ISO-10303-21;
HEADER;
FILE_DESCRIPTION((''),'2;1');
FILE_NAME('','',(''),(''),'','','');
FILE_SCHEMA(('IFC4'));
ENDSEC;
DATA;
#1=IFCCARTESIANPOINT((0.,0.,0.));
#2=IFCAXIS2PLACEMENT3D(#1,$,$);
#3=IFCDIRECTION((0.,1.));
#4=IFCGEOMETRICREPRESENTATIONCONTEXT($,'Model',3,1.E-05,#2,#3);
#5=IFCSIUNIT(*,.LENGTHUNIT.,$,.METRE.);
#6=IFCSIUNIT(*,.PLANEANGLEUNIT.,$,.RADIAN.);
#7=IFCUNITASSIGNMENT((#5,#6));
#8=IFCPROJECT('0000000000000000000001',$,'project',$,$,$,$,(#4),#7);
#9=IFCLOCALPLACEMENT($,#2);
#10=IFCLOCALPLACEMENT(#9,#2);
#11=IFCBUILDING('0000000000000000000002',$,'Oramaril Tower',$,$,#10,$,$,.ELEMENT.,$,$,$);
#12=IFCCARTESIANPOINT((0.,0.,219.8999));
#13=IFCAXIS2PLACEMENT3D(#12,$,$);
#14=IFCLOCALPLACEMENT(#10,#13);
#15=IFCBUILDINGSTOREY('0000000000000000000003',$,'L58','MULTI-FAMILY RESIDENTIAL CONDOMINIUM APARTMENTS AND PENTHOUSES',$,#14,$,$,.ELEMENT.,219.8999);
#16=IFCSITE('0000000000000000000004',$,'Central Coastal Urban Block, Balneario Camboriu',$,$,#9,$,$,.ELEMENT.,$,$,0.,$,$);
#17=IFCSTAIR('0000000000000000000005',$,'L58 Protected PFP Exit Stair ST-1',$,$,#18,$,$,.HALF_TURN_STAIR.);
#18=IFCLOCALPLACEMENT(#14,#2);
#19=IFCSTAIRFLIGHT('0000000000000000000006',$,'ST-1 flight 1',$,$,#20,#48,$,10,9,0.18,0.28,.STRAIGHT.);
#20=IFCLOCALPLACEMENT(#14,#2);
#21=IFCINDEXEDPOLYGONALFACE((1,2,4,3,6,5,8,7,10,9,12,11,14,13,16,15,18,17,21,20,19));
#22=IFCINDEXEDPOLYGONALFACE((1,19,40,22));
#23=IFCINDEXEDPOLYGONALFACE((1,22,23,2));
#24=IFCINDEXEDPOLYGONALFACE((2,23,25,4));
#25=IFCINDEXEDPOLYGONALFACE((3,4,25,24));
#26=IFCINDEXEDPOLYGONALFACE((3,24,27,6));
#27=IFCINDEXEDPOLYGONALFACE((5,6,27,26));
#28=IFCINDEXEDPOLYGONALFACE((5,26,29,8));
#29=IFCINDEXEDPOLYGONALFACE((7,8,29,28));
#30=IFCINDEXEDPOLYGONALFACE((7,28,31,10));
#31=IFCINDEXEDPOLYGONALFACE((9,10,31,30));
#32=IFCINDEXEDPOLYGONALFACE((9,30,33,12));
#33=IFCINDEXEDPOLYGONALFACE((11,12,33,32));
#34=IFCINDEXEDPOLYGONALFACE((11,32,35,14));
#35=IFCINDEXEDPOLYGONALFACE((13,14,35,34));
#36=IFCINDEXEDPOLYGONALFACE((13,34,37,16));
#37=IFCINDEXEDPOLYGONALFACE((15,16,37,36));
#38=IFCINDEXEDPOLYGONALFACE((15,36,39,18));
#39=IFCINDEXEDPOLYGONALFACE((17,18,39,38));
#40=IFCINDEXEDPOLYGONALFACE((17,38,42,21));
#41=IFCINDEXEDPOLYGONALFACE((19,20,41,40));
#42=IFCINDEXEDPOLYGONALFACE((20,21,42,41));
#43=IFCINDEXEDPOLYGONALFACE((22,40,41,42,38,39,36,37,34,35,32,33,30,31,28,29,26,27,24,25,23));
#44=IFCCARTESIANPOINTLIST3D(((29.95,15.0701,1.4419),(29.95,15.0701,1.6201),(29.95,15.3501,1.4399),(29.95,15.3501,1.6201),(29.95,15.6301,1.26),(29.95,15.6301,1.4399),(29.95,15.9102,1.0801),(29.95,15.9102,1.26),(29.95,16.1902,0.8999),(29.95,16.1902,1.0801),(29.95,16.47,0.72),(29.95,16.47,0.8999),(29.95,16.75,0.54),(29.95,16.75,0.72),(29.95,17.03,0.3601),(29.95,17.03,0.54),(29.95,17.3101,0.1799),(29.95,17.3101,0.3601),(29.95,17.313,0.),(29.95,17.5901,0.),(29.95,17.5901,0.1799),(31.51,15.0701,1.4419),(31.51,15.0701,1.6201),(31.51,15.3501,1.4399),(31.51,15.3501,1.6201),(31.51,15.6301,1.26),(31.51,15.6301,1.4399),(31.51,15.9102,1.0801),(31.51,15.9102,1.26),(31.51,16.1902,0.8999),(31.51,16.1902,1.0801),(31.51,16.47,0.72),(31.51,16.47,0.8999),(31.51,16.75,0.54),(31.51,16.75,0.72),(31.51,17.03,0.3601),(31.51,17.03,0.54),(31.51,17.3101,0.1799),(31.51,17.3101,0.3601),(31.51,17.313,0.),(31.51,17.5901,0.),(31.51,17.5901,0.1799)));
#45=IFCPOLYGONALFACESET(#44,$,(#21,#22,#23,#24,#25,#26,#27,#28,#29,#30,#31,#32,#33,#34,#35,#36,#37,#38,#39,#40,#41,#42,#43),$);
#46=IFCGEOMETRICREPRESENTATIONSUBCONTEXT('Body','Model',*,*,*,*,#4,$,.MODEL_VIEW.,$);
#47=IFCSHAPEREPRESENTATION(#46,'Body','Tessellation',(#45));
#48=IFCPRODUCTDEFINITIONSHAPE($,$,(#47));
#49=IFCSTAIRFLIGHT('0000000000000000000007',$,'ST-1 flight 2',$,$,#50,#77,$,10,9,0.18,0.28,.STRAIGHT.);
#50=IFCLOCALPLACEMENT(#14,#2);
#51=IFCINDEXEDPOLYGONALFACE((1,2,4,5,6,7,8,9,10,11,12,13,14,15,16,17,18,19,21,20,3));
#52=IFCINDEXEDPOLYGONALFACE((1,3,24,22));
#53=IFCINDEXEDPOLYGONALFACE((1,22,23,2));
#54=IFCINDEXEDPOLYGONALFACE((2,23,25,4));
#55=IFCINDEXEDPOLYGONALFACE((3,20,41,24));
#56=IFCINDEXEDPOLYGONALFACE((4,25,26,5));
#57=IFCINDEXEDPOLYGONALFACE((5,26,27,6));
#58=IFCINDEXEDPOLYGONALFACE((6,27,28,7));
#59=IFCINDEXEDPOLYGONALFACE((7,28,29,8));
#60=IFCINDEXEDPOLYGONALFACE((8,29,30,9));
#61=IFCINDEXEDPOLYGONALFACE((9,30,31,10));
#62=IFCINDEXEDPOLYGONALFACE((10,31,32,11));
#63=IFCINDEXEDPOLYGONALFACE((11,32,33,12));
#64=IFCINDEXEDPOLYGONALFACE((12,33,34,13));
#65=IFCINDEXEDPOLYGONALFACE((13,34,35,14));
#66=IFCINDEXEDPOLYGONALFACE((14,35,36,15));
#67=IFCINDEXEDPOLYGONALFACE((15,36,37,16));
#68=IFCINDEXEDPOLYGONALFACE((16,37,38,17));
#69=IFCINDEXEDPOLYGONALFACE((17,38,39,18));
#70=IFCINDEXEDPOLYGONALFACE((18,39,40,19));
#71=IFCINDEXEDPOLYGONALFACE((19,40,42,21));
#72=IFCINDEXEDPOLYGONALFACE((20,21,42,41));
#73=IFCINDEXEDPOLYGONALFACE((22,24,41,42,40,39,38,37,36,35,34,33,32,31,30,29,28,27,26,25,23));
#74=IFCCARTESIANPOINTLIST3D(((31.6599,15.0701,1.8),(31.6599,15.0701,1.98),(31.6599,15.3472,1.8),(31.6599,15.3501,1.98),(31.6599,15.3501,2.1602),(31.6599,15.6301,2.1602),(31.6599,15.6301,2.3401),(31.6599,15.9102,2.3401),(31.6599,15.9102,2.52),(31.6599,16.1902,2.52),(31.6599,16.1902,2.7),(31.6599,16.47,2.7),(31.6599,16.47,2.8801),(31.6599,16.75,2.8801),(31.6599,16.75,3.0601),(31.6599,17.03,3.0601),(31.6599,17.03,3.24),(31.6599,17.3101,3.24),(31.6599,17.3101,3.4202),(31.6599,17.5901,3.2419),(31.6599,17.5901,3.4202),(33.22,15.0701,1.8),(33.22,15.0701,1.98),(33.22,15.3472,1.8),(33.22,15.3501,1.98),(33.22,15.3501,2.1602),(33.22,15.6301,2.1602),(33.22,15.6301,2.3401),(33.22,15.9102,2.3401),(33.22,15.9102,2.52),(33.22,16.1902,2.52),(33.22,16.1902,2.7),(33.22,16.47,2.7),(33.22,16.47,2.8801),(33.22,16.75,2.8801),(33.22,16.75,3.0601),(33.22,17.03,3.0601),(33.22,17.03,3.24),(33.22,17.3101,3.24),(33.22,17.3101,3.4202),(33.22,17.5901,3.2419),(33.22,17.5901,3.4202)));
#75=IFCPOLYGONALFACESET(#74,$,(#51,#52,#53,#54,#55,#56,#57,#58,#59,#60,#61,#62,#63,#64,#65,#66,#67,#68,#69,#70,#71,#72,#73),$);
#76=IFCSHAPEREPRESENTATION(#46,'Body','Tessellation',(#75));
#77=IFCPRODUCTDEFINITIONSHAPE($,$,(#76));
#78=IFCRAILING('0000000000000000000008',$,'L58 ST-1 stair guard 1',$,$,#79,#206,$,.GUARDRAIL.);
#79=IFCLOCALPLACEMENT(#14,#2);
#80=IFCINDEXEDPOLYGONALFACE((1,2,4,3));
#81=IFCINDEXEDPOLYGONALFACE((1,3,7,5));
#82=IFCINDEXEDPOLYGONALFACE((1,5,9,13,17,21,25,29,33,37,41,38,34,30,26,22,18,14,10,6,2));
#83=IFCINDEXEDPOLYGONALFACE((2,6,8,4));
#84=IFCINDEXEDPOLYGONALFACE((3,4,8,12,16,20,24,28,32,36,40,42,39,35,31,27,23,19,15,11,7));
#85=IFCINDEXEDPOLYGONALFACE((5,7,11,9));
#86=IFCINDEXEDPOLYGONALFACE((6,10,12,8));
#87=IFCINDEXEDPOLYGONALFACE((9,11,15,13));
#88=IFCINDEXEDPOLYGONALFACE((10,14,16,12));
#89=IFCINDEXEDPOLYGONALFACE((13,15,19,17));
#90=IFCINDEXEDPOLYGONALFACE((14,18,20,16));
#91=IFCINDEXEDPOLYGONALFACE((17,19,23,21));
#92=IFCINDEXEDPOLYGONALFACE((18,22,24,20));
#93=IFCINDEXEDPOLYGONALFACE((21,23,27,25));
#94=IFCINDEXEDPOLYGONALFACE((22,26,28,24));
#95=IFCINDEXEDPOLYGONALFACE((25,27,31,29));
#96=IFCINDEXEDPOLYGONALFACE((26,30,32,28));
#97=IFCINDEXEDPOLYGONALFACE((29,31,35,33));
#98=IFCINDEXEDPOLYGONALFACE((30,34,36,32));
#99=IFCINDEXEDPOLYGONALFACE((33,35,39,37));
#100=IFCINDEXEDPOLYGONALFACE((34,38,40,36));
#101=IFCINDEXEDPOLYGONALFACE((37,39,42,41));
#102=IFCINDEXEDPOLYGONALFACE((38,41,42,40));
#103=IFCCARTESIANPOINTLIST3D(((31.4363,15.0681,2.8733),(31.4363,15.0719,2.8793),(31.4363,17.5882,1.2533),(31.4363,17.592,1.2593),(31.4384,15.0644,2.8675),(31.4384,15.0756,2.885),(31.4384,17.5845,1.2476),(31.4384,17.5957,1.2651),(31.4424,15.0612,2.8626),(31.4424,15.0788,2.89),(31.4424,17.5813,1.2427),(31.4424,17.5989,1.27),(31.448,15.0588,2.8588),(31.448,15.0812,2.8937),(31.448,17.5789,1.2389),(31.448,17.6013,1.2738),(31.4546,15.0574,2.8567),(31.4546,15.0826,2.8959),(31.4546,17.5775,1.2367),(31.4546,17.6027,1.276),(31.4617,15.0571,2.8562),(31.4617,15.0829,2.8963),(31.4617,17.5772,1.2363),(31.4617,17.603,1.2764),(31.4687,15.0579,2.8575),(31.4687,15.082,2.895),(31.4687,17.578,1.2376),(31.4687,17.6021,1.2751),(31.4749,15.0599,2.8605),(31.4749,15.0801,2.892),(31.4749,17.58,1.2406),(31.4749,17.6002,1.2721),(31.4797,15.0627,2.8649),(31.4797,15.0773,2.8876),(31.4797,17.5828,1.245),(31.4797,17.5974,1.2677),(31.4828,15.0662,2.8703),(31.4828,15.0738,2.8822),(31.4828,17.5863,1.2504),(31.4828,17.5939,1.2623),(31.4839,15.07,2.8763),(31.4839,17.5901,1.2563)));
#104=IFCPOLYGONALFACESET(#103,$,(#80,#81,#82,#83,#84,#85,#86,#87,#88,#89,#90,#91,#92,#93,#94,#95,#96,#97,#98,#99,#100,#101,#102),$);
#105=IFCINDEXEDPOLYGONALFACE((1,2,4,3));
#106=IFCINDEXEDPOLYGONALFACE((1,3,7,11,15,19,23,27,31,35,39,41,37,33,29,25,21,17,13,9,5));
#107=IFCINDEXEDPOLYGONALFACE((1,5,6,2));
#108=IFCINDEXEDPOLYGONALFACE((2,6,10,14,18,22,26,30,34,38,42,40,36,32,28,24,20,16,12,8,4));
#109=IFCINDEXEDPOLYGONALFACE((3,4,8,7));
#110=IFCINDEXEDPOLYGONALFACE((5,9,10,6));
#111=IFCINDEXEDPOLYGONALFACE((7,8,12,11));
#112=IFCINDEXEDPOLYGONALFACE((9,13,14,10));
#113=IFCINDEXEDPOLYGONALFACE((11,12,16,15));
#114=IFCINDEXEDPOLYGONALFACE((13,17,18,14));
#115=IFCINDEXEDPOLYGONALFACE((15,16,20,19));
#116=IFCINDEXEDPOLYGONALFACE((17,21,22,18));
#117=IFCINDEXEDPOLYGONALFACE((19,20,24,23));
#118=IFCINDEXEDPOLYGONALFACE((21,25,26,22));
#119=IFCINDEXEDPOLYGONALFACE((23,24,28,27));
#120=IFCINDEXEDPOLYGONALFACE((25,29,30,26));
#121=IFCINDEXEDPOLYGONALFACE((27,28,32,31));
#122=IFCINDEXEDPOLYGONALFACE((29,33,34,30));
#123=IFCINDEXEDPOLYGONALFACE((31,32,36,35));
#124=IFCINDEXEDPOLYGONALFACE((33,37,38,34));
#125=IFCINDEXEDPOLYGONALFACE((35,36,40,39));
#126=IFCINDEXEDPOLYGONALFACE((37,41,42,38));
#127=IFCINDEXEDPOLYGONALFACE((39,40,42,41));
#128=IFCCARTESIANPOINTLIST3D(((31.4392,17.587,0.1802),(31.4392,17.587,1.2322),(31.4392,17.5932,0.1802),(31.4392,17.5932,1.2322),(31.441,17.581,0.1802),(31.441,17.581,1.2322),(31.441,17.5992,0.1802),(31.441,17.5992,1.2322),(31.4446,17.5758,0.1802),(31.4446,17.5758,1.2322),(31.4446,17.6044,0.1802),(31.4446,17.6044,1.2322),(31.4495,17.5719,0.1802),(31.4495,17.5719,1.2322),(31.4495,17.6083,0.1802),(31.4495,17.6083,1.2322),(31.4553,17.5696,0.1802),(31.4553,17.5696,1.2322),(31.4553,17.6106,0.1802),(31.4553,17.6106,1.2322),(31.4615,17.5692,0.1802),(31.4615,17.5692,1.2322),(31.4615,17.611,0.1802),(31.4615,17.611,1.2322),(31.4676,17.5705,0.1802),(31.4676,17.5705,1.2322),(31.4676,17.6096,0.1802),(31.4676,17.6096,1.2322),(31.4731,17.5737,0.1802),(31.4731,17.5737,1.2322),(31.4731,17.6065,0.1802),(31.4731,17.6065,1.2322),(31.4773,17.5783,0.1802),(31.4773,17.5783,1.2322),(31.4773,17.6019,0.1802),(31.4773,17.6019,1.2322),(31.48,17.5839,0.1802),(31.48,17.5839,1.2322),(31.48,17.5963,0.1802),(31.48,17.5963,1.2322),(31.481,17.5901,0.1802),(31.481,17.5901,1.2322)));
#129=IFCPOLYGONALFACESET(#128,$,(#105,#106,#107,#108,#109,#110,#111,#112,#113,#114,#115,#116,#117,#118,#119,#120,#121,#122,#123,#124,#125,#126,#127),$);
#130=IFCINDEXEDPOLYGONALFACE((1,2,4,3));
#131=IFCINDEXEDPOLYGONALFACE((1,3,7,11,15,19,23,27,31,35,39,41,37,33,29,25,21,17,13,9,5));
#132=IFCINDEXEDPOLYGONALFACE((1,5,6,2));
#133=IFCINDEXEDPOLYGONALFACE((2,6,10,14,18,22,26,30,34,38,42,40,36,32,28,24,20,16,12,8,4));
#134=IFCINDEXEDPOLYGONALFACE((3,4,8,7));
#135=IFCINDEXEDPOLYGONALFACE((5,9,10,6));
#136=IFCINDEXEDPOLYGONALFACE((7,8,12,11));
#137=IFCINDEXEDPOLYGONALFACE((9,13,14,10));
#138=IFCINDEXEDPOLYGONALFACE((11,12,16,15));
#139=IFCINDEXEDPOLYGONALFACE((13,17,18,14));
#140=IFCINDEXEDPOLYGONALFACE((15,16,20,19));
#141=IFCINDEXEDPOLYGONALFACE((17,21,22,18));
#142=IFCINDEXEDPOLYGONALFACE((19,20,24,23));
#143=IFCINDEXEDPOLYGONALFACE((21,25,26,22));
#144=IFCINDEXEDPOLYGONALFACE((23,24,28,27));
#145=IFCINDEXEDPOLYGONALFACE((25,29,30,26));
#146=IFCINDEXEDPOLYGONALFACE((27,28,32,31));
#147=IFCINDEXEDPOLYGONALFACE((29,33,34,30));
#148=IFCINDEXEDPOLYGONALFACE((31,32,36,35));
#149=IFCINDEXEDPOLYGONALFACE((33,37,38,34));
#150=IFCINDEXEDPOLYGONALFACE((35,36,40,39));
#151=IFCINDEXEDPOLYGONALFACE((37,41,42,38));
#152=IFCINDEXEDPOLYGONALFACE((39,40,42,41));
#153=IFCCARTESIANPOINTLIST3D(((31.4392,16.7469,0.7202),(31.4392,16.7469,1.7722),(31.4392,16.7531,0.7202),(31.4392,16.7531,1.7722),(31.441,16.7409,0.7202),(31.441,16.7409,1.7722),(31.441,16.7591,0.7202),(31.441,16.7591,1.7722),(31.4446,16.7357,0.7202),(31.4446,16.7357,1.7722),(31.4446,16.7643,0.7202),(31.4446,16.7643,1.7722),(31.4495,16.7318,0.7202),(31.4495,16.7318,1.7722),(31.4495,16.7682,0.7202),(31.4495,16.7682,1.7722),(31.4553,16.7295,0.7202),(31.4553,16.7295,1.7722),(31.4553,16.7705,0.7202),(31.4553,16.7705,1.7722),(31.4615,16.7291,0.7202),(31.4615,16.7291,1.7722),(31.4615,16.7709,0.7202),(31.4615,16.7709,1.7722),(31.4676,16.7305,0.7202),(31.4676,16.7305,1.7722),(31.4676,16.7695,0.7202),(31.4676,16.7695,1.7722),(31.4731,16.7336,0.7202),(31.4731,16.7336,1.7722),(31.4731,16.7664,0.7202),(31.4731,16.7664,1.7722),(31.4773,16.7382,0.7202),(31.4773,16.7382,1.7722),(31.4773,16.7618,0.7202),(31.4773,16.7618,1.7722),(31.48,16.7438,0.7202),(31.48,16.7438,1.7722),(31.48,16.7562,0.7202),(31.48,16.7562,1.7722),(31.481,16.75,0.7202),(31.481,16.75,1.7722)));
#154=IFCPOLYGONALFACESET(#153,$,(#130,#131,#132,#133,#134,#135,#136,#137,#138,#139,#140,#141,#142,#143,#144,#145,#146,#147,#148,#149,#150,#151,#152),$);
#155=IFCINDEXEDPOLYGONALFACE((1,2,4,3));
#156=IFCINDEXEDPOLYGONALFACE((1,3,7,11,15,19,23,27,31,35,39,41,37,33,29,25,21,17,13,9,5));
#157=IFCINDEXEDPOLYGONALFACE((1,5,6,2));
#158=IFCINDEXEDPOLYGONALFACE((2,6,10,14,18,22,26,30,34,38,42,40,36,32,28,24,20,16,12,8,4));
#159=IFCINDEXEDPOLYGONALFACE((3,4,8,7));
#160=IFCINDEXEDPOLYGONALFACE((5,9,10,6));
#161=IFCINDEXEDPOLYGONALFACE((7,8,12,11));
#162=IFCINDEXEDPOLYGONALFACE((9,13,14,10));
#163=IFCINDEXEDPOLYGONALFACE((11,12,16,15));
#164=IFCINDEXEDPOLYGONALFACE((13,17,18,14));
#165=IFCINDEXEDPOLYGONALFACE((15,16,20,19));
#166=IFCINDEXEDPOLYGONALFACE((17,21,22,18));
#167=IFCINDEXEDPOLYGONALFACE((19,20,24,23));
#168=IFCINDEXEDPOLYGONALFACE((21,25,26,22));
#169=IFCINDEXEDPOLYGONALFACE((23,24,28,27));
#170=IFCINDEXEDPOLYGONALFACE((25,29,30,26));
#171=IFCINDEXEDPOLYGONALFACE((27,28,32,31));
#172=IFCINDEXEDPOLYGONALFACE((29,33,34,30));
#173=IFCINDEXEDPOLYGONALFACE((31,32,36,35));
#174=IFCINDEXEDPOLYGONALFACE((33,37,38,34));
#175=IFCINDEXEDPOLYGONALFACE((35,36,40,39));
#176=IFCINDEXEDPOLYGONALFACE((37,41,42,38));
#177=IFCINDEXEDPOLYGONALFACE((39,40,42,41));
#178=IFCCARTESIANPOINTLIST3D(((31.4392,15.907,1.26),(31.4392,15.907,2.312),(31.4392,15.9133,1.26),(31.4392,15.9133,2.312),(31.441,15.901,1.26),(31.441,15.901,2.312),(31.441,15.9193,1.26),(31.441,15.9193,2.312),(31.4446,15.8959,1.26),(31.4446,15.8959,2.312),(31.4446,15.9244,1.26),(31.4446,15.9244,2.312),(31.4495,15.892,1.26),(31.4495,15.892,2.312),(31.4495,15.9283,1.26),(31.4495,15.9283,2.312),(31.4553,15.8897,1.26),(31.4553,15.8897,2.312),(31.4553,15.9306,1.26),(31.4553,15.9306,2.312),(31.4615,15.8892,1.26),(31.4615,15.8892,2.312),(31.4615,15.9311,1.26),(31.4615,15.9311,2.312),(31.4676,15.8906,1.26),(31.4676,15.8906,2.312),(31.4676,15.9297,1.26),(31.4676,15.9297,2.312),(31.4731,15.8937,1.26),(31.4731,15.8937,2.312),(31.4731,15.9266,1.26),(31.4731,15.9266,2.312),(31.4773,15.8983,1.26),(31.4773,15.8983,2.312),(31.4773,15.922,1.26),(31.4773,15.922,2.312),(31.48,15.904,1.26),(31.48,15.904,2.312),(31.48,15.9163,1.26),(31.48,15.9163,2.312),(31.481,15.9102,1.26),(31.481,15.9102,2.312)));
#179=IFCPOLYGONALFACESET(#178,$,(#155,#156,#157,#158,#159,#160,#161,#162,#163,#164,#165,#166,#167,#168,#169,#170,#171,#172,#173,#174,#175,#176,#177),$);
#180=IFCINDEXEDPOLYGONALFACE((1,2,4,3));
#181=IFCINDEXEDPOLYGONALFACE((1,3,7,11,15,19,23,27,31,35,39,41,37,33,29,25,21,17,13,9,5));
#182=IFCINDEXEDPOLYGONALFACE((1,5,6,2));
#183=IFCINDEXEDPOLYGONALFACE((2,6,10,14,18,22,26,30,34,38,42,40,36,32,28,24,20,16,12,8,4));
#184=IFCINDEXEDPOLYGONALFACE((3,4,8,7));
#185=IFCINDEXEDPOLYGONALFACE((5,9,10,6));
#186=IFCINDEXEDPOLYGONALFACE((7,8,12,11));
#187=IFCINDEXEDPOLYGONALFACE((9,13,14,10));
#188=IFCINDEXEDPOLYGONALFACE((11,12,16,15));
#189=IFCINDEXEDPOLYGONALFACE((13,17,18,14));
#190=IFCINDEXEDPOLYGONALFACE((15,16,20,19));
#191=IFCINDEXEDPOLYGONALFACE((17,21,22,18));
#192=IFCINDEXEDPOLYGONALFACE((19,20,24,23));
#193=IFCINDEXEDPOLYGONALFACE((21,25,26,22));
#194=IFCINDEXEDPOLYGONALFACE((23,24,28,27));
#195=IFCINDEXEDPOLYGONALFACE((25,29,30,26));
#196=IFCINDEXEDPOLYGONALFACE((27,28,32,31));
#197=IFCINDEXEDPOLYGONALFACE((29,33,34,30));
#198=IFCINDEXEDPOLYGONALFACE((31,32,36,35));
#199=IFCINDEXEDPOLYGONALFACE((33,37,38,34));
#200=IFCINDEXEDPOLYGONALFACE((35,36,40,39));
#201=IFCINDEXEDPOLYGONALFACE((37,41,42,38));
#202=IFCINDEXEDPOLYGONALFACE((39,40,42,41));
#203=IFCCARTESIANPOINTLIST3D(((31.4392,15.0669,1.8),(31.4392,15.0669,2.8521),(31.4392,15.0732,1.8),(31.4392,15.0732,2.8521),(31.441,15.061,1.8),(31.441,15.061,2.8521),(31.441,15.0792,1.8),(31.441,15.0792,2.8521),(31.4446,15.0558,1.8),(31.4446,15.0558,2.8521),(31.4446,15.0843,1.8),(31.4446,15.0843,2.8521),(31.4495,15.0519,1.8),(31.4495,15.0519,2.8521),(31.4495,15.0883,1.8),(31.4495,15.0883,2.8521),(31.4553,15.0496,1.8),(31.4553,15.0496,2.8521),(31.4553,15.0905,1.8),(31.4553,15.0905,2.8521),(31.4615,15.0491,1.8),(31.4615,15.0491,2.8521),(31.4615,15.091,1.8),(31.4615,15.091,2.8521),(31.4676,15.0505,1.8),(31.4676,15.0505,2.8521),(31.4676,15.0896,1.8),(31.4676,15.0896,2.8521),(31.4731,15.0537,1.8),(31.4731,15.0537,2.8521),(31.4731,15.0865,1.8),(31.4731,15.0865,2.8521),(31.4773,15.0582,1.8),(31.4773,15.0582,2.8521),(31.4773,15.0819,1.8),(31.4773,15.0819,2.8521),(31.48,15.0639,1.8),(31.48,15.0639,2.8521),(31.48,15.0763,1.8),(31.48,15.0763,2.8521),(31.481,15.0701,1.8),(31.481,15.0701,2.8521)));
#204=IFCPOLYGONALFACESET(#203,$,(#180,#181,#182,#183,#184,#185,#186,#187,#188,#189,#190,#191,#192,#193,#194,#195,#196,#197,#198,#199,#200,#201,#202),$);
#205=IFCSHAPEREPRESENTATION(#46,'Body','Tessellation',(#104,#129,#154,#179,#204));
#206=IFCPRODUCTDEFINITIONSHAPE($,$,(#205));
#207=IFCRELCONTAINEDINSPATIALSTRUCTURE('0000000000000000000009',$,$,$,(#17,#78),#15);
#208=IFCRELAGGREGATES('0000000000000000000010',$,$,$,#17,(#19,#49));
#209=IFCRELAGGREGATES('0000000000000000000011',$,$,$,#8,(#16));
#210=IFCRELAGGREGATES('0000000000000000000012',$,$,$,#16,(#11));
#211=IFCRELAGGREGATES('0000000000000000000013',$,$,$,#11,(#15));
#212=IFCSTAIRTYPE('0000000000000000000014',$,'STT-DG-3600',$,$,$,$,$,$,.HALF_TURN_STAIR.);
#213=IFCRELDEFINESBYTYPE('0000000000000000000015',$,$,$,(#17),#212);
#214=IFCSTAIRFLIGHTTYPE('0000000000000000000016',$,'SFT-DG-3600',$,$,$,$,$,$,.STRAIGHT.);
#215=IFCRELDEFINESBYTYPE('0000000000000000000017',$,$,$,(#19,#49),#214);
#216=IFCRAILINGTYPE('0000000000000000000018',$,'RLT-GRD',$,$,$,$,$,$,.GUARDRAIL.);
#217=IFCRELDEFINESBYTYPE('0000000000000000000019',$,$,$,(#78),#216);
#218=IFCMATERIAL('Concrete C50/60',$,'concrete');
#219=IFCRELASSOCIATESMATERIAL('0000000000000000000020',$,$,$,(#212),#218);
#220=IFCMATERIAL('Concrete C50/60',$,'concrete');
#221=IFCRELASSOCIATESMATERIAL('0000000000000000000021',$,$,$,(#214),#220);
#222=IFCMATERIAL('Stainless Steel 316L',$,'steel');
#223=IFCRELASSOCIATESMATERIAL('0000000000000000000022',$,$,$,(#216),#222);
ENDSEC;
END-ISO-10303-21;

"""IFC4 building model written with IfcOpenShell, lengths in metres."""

from ifc_helpers import new_model, si_unit, direction, frame, origin, origin_2d, place, context, subcontext, project, spatial, polyline, circle, outline, extrude, material, type_object, element, aggregate, save


model = new_model("IFC4")

# Units and contexts
model_context = context("Model", 3, precision=1e-05, world=origin(), true_north=direction((0.0, 1.0)))
body_context = subcontext(model_context, "Body", "Model", "MODEL_VIEW")
ifc_project = project(units=[si_unit("LENGTHUNIT", "METRE"), si_unit("PLANEANGLEUNIT", "RADIAN")], contexts=[model_context])

# Site, building, storey
site_placement = place(None, origin())
site = spatial("IfcSite", under=ifc_project, at=site_placement, Name="Central Coastal Urban Block, Balneario Camboriu", CompositionType="ELEMENT", RefElevation=0.0)
building_placement = place(site_placement, origin())
building = spatial("IfcBuilding", under=site, at=building_placement, Name="Oramaril Tower", CompositionType="ELEMENT")
storey_placement = place(building_placement, frame((0.0, 0.0, 219.8999)))
storey = spatial("IfcBuildingStorey", under=building, at=storey_placement, Name="L58", Description="MULTI-FAMILY RESIDENTIAL CONDOMINIUM APARTMENTS AND PENTHOUSES", CompositionType="ELEMENT", Elevation=219.8999)

# Stair, stair flights
ifc_material_1 = material(Name="Concrete C50/60", Category="concrete")
stair_type = type_object("IfcStairType", Name="STT-DG-3600", PredefinedType="HALF_TURN_STAIR", material=ifc_material_1)
stair_placement = place(storey_placement, origin())
stair = element("IfcStair", 1, at=stair_placement, inside=storey, type_object=stair_type, Name="L58 Protected PFP Exit Stair ST-1", PredefinedType="HALF_TURN_STAIR")
ifc_material_2 = material(Name="Concrete C50/60", Category="concrete")
stair_flight_type = type_object("IfcStairFlightType", Name="SFT-DG-3600", PredefinedType="STRAIGHT", material=ifc_material_2)
stair_flight_1_placement = place(storey_placement, frame((30.73, 17.5901, 0.0), z_axis=(0.0, 0.0, 1.0), x_axis=(0.0, -1.0, 0.0)))
stair_flight_1 = element("IfcStairFlight", 2, at=stair_flight_1_placement, type_object=stair_flight_type, Name="ST-1 flight 1", NumberOfRisers=10, NumberOfTreads=9, PredefinedType="STRAIGHT", RiserHeight=0.18, TreadLength=0.28, context=body_context, shape_type="SweptSolid", body=[
    extrude(outline(polyline([(0.0, 0.0), (0.0, 0.1799), (0.28, 0.1799), (0.28, 0.3601), (0.5601, 0.3601), (0.5601, 0.54), (0.8401, 0.54), (0.8401, 0.72), (1.1201, 0.72), (1.1201, 0.8999), (1.3999, 0.8999), (1.3999, 1.0801), (1.6799, 1.0801), (1.6799, 1.26), (1.96, 1.26), (1.96, 1.4399), (2.24, 1.4399), (2.24, 1.6201), (2.52, 1.6201), (2.52, 1.8), (2.52, 1.4419), (0.2771, 0.0), (0.0, 0.0)])), frame((0.0, 0.78, 0.0), z_axis=(0.0, -1.0, 0.0), x_axis=(1.0, 0.0, 0.0)), (0.0, 0.0, 1.0), 1.5601),
])
stair_flight_2_placement = place(storey_placement, frame((32.4399, 15.0701, 1.8), z_axis=(0.0, 0.0, 1.0), x_axis=(0.0, 1.0, 0.0)))
stair_flight_2 = element("IfcStairFlight", 3, at=stair_flight_2_placement, type_object=stair_flight_type, Name="ST-1 flight 2", NumberOfRisers=10, NumberOfTreads=9, PredefinedType="STRAIGHT", RiserHeight=0.18, TreadLength=0.28, context=body_context, shape_type="SweptSolid", body=[
    extrude(outline(polyline([(0.0, 0.0), (0.0, 0.1799), (0.28, 0.1799), (0.28, 0.3601), (0.5601, 0.3601), (0.5601, 0.54), (0.8401, 0.54), (0.8401, 0.72), (1.1201, 0.72), (1.1201, 0.8999), (1.3999, 0.8999), (1.3999, 1.0801), (1.6799, 1.0801), (1.6799, 1.26), (1.96, 1.26), (1.96, 1.4399), (2.24, 1.4399), (2.24, 1.6201), (2.52, 1.6201), (2.52, 1.8), (2.52, 1.4419), (0.2771, 0.0), (0.0, 0.0)])), frame((0.0, 0.78, 0.0), z_axis=(0.0, -1.0, 0.0), x_axis=(1.0, 0.0, 0.0)), (0.0, 0.0, 1.0), 1.5601),
])
aggregate(stair, [stair_flight_1, stair_flight_2])

# Railing
ifc_material_3 = material(Name="Stainless Steel 316L", Category="steel")
railing_type_1 = type_object("IfcRailingType", Name="RLT-GRD", PredefinedType="GUARDRAIL", material=ifc_material_3)
railing_1_placement = place(storey_placement, frame((31.46, 17.5901, 0.1802)))
element("IfcRailing", 4, at=railing_1_placement, inside=storey, type_object=railing_type_1, Name="L58 ST-1 stair guard 1", PredefinedType="GUARDRAIL", context=body_context, shape_type="SweptSolid", body=[
    extrude(circle(Radius=0.0239, at=origin_2d()), frame((0.0, 0.0, 1.0762), z_axis=(0.0, -0.8412, 0.540725), x_axis=(1.0, 0.0, 0.0)), (0.0, 0.0, 1.0), 2.9958),
    extrude(circle(Radius=0.021, at=origin_2d()), origin(), (0.0, 0.0, 1.0), 1.052),
    extrude(circle(Radius=0.021, at=origin_2d()), frame((0.0, -0.8401, 0.54)), (0.0, 0.0, 1.0), 1.052),
    extrude(circle(Radius=0.021, at=origin_2d()), frame((0.0, -1.6799, 1.0798)), (0.0, 0.0, 1.0), 1.052),
    extrude(circle(Radius=0.021, at=origin_2d()), frame((0.0, -2.52, 1.6199)), (0.0, 0.0, 1.0), 1.052),
])

save(model, "model.ifc")
